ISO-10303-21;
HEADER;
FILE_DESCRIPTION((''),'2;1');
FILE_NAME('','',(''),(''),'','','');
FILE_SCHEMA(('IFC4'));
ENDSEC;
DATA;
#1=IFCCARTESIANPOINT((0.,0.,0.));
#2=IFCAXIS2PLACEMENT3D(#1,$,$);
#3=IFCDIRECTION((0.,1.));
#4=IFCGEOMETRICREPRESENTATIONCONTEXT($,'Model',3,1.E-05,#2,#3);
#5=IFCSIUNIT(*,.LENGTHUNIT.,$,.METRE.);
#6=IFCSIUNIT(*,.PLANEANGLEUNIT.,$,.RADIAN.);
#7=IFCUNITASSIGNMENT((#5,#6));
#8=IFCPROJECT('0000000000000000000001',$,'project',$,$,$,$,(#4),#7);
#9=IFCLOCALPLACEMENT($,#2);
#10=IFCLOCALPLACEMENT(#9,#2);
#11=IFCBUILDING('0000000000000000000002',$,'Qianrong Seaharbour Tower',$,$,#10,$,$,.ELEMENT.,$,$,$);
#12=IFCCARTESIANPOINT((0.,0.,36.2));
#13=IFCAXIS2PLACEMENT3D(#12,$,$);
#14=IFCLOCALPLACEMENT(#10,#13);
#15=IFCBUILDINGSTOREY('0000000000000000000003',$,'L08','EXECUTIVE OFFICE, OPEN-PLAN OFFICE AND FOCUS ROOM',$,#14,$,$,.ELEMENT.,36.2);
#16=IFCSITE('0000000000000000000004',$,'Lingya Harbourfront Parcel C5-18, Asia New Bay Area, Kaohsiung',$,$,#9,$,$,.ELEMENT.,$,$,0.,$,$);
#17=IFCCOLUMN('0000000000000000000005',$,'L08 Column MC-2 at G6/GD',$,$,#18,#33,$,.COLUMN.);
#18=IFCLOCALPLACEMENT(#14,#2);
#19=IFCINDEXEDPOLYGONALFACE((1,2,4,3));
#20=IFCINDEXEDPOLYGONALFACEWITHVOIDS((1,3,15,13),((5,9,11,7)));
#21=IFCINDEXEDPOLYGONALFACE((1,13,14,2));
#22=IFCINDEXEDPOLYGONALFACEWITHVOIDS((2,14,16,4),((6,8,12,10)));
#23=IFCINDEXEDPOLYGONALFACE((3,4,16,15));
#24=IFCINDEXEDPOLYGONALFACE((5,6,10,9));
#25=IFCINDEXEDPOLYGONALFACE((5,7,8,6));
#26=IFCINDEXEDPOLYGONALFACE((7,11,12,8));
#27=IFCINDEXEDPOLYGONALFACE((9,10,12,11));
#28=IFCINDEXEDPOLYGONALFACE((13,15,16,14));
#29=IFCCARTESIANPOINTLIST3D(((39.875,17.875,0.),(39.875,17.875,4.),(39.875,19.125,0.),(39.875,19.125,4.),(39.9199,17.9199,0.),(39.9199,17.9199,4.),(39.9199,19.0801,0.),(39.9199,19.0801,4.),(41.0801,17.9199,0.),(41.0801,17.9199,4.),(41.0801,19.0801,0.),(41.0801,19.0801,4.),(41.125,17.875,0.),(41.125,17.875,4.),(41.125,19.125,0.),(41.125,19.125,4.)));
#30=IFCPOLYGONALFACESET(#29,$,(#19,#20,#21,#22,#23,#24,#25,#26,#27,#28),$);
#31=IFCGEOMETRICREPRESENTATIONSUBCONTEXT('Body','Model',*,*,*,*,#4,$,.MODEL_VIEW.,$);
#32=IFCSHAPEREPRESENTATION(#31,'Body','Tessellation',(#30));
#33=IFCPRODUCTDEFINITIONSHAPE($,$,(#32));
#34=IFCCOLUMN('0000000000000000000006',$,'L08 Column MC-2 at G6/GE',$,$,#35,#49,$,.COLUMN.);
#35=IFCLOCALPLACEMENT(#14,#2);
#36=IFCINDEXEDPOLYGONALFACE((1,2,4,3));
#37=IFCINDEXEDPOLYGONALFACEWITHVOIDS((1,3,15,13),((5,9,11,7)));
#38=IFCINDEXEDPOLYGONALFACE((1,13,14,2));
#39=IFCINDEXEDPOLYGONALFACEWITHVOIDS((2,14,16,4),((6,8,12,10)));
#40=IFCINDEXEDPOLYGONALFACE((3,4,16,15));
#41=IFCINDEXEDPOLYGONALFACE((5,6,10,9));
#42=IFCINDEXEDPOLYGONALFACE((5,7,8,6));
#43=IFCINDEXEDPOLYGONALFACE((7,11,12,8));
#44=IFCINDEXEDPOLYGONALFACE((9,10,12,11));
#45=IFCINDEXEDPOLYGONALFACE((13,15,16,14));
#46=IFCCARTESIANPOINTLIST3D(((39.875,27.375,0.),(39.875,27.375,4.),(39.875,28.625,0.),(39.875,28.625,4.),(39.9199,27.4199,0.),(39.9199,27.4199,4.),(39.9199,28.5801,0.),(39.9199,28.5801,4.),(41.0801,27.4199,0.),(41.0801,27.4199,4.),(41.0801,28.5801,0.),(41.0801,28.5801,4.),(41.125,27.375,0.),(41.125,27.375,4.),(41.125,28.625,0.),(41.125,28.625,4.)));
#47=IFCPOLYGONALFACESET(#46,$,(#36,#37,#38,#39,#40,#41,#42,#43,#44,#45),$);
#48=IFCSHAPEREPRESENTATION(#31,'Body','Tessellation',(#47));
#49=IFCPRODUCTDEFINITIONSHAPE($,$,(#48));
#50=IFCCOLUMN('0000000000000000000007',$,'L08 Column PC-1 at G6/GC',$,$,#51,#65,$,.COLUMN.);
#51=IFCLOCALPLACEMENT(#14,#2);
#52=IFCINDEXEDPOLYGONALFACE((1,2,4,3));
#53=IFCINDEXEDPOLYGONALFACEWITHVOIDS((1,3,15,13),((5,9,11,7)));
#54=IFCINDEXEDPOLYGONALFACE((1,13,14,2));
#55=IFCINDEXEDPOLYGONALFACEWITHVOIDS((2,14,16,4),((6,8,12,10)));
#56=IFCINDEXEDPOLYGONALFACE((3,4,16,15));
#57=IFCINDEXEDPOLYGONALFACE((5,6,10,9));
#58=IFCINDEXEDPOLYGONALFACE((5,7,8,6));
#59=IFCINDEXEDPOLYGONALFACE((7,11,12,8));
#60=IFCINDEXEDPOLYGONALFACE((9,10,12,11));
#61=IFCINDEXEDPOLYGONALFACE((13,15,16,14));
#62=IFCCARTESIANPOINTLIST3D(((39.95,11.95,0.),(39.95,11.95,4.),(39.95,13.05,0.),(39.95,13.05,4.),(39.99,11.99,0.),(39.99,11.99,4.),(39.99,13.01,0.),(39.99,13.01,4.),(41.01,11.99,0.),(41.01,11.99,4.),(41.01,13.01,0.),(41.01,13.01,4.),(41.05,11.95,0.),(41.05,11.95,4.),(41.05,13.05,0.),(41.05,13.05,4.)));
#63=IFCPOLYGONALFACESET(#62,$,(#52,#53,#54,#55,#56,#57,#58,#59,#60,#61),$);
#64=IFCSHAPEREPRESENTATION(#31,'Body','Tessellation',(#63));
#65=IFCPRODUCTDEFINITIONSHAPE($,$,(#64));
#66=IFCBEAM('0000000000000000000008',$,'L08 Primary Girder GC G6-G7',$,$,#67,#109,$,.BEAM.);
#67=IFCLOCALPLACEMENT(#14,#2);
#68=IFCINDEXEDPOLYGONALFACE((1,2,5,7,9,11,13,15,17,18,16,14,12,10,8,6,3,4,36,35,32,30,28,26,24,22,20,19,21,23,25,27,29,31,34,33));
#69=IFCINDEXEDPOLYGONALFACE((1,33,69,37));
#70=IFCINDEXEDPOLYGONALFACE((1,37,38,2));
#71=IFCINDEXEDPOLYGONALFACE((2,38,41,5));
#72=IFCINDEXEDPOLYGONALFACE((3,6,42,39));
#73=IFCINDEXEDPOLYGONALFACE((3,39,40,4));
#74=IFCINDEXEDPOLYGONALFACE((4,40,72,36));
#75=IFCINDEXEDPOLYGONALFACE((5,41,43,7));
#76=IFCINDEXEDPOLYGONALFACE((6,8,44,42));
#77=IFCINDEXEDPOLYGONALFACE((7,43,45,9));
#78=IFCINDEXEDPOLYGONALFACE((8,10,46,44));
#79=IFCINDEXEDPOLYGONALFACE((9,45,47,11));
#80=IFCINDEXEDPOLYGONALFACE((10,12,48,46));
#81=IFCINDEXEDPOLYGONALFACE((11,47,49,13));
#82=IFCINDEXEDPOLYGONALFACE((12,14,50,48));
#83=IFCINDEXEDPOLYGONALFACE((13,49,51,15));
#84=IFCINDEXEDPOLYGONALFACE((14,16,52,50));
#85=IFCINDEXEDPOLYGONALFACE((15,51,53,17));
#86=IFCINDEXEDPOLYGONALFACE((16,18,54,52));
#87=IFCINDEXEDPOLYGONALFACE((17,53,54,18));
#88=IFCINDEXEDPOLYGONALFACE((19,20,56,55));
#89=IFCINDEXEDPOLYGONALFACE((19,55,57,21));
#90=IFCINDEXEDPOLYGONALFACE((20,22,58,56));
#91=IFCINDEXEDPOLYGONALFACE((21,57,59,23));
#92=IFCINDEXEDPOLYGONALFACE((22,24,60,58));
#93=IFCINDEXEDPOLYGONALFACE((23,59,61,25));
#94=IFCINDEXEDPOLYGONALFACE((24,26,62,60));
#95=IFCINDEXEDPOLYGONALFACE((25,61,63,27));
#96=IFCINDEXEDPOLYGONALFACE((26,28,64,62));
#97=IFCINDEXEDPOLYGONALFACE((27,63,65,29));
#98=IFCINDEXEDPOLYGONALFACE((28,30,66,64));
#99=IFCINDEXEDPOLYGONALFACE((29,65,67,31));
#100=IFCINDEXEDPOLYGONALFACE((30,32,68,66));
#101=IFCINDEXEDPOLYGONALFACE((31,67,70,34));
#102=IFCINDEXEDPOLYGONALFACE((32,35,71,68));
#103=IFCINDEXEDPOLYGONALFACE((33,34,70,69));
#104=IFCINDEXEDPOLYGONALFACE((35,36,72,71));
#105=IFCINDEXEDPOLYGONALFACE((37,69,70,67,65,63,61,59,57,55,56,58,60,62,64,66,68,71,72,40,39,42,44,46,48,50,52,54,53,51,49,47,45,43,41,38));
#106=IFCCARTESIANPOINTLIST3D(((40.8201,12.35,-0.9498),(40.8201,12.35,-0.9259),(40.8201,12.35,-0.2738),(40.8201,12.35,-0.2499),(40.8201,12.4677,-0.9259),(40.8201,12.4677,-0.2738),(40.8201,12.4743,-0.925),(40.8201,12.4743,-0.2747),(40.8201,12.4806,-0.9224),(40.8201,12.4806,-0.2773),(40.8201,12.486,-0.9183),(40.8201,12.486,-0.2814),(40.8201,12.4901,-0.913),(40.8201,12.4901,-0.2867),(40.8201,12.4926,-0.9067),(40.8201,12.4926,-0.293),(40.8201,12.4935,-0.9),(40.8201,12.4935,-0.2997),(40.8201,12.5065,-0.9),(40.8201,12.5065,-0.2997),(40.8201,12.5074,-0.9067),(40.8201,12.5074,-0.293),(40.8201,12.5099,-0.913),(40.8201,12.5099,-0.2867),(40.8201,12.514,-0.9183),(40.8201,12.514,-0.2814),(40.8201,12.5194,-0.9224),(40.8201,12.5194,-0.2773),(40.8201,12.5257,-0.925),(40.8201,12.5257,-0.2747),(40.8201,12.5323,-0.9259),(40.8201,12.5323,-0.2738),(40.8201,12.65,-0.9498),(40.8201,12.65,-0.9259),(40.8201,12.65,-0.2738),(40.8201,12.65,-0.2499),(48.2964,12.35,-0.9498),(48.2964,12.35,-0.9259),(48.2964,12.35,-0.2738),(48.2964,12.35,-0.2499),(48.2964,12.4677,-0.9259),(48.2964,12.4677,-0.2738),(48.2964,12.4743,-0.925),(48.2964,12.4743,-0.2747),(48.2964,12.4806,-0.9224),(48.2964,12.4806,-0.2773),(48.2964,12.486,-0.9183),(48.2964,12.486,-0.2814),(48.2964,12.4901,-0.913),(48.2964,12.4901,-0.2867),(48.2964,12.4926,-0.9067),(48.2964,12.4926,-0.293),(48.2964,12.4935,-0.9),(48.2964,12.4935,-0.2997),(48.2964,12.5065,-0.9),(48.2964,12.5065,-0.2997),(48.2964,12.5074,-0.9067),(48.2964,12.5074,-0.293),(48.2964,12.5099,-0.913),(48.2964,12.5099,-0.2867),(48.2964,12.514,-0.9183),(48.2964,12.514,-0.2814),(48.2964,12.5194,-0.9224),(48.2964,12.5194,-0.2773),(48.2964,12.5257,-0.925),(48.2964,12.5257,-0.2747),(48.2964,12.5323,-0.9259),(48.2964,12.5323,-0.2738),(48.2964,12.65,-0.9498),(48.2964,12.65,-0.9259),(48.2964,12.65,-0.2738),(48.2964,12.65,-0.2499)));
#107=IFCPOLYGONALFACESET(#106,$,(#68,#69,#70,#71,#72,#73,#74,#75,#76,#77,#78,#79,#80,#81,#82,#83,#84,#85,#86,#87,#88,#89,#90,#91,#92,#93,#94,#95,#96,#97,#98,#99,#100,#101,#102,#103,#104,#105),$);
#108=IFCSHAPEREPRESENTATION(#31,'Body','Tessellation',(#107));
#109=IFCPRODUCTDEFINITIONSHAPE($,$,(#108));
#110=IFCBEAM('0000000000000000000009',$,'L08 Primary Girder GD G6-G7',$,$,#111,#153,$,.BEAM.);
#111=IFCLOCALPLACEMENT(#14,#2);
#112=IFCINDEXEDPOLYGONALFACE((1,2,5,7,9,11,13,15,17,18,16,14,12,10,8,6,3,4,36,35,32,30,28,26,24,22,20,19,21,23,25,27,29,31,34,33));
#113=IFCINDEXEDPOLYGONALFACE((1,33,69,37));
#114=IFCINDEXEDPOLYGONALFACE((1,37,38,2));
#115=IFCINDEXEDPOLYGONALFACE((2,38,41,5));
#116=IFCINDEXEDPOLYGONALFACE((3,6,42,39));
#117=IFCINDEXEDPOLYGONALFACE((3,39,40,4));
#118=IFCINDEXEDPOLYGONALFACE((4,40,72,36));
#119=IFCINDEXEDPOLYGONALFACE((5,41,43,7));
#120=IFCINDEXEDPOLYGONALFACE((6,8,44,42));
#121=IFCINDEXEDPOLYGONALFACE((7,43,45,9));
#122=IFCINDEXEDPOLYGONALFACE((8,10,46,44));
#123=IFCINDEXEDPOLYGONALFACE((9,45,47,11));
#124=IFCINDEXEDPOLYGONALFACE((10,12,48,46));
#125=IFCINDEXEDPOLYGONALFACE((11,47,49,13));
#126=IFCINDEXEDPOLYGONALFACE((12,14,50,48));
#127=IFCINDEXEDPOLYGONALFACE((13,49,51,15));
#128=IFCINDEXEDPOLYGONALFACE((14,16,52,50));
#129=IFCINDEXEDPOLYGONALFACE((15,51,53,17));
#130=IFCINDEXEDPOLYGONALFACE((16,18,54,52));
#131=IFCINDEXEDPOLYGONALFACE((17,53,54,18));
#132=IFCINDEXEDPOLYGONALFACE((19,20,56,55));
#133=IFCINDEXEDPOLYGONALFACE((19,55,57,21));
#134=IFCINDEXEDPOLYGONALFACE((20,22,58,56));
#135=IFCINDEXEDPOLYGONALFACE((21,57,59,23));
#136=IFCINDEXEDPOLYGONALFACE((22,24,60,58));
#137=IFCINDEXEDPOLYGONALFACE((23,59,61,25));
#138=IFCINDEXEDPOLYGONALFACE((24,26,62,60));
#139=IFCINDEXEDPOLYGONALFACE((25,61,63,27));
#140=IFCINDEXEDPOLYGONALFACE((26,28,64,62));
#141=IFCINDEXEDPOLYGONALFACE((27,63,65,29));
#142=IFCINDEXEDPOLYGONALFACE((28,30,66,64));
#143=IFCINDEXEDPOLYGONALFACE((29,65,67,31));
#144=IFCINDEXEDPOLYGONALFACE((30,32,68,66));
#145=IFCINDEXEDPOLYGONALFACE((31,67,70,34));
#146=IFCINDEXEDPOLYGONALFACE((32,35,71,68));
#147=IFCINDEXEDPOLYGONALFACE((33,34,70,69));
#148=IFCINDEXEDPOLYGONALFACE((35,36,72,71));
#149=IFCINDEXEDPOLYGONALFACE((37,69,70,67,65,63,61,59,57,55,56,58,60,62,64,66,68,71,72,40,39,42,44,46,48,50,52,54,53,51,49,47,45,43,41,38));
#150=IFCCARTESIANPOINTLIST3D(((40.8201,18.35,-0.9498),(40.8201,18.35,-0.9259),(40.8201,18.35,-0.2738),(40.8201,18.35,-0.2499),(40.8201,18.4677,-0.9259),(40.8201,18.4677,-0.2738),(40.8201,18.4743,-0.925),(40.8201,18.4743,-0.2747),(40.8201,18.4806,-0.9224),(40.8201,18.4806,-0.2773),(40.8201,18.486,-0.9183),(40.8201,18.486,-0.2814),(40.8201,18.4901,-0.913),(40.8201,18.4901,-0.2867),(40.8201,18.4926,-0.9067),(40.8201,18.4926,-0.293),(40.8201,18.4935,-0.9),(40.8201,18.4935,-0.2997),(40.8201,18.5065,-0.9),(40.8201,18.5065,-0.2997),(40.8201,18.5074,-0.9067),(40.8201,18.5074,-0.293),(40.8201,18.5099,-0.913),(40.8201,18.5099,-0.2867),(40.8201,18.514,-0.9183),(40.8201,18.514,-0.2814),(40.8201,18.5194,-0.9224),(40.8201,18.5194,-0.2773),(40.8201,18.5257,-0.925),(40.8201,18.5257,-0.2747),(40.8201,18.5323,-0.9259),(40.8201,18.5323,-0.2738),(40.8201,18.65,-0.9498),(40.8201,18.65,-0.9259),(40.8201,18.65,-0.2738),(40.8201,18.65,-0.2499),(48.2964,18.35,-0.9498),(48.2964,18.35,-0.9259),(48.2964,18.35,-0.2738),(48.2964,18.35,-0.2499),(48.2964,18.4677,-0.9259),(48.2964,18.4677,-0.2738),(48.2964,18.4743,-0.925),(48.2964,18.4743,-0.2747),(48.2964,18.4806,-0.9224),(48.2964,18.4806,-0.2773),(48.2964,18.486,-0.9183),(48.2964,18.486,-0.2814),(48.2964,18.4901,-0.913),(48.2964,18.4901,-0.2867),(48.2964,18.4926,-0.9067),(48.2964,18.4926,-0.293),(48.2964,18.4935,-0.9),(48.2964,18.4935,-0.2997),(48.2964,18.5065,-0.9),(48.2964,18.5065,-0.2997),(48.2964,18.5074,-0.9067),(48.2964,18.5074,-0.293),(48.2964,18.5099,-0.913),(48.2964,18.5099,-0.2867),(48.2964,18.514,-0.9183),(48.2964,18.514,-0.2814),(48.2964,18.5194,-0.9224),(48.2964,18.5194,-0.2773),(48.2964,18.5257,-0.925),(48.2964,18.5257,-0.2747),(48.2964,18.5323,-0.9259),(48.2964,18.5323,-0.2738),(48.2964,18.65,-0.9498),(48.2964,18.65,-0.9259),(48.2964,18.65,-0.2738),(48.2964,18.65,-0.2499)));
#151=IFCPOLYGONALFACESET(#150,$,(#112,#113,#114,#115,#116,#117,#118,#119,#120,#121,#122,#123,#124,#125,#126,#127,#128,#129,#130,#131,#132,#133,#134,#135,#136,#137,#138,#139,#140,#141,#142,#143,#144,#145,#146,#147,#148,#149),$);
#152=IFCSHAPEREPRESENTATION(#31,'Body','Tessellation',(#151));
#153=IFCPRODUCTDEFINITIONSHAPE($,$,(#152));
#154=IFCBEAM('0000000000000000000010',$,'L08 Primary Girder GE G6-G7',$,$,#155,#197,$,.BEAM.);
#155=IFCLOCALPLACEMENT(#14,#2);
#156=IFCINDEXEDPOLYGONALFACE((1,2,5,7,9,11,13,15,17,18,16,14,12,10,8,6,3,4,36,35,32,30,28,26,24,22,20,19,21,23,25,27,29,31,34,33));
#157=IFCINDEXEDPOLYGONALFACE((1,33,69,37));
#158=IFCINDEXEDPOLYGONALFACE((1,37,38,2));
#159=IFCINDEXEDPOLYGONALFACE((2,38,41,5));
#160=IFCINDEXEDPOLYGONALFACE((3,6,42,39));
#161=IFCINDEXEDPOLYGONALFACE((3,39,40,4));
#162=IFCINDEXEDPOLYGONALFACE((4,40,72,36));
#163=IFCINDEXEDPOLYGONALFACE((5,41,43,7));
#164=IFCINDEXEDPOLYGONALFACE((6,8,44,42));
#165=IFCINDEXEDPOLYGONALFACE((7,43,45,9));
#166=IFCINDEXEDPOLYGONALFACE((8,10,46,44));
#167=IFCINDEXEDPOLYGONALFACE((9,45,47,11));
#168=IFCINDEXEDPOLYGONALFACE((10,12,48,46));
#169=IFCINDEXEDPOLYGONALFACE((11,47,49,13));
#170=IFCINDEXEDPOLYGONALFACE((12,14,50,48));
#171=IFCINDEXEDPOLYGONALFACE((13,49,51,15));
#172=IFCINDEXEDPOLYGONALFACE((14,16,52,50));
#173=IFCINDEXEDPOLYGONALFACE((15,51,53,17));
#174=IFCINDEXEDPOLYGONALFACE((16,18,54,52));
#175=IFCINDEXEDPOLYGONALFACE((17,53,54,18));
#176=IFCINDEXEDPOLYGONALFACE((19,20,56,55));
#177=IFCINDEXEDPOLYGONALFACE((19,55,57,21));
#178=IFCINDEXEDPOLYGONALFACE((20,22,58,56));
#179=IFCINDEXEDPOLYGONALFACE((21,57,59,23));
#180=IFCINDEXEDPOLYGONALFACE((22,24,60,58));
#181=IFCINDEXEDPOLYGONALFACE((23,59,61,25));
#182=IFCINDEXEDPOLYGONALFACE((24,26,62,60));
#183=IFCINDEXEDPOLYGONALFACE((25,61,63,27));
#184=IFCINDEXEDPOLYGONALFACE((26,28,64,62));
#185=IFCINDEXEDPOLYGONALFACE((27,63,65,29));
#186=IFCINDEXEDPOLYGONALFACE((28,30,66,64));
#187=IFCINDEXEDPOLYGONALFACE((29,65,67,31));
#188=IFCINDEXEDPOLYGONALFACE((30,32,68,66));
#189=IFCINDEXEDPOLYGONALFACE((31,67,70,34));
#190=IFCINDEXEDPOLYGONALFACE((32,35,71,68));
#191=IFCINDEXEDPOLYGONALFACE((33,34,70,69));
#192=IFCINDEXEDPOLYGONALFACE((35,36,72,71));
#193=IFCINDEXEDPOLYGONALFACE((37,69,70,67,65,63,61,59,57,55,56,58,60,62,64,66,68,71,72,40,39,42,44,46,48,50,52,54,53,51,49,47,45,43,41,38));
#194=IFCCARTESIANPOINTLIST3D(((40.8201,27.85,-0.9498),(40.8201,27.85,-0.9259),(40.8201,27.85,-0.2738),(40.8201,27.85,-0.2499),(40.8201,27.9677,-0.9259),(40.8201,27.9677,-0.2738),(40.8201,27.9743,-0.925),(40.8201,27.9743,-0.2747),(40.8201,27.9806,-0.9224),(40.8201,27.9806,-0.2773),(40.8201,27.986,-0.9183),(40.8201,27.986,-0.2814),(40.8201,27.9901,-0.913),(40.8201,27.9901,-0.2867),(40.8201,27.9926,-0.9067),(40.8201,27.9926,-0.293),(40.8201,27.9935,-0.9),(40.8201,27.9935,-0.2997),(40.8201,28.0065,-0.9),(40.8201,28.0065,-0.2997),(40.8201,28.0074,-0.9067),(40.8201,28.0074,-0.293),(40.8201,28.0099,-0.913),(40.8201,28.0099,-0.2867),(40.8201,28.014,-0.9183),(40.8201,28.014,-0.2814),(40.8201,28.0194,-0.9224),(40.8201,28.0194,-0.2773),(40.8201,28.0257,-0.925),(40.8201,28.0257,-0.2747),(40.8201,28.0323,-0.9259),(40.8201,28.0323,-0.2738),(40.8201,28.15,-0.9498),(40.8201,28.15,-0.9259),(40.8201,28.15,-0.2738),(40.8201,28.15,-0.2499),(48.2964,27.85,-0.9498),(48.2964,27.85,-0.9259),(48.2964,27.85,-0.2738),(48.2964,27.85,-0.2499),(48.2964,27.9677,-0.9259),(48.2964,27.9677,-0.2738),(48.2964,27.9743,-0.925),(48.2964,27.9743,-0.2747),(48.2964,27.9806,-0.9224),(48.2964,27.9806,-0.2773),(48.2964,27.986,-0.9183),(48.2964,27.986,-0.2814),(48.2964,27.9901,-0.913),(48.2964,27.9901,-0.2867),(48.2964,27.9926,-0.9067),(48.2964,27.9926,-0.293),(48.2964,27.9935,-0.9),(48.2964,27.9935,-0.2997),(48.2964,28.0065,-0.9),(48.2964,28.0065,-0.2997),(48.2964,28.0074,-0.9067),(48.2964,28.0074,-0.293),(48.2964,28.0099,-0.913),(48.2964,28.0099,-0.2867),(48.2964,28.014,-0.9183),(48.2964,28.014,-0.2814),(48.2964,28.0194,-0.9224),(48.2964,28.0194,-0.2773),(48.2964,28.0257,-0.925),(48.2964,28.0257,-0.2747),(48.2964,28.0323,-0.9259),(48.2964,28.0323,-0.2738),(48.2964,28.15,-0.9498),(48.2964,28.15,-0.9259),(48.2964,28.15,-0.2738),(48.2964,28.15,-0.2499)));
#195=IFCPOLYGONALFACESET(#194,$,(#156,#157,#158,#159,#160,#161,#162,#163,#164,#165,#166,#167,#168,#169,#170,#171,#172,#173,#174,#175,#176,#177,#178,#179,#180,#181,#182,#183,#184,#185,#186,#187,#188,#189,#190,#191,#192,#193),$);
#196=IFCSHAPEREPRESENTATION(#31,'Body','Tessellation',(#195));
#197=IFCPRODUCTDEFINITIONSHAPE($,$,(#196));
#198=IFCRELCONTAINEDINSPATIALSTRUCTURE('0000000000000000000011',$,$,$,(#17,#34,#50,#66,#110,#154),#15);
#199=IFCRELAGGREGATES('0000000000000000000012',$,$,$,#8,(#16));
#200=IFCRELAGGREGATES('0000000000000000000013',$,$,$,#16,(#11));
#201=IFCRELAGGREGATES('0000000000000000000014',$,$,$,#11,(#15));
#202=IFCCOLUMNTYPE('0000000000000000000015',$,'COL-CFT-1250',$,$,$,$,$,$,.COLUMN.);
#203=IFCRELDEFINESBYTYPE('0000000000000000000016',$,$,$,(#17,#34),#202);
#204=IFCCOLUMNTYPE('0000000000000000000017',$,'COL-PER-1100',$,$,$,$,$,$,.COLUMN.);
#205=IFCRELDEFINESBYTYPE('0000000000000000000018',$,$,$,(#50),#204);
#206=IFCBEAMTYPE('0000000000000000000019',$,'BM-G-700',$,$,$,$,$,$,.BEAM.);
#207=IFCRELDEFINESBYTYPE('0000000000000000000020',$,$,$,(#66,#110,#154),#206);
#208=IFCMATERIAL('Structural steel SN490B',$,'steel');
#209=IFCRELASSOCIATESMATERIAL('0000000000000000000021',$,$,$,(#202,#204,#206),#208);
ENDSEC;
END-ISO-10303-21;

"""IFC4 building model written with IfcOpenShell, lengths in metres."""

from ifc_helpers import new_model, si_unit, direction, frame, origin, origin_2d, place, context, subcontext, project, spatial, hollow_rectangle, i_section, extrude, material, material_profile, profile_set, type_object, element, save


model = new_model("IFC4")

# Units and contexts
model_context = context("Model", 3, precision=1e-05, world=origin(), true_north=direction((0.0, 1.0)))
body_context = subcontext(model_context, "Body", "Model", "MODEL_VIEW")
ifc_project = project(units=[si_unit("LENGTHUNIT", "METRE"), si_unit("PLANEANGLEUNIT", "RADIAN")], contexts=[model_context])

# Site, building, storey
site_placement = place(None, origin())
site = spatial("IfcSite", under=ifc_project, at=site_placement, Name="Lingya Harbourfront Parcel C5-18, Asia New Bay Area, Kaohsiung", CompositionType="ELEMENT", RefElevation=0.0)
building_placement = place(site_placement, origin())
building = spatial("IfcBuilding", under=site, at=building_placement, Name="Qianrong Seaharbour Tower", CompositionType="ELEMENT")
storey_placement = place(building_placement, frame((0.0, 0.0, 36.2)))
storey = spatial("IfcBuildingStorey", under=building, at=storey_placement, Name="L08", Description="EXECUTIVE OFFICE, OPEN-PLAN OFFICE AND FOCUS ROOM", CompositionType="ELEMENT", Elevation=36.2)

# Columns
ifc_material_1 = material(Name="Structural steel SN490B", Category="steel")
ifc_material_profile_1 = material_profile(ifc_material_1, hollow_rectangle(XDim=1.25, YDim=1.25, WallThickness=0.0449, at=origin_2d()), Name="BOX1250x1250x45")
ifc_profile_set_1 = profile_set([ifc_material_profile_1], Name="Structural steel SN490B")
column_type_1 = type_object("IfcColumnType", Name="COL-CFT-1250", PredefinedType="COLUMN", material=ifc_profile_set_1)
for number, where, z_axis, x_axis, name in (
    (1, (40.5, 18.5, 0.0), (0.0, 0.0, 1.0), (1.0, 0.0, 0.0), "L08 Column MC-2 at G6/GD"),
    (2, (40.5, 28.0, 0.0), (0.0, 0.0, 1.0), (1.0, 0.0, 0.0), "L08 Column MC-2 at G6/GE"),
):
    element("IfcColumn", number, at=place(storey_placement, frame(where, z_axis=z_axis, x_axis=x_axis)), inside=storey, type_object=column_type_1, Name=name, PredefinedType="COLUMN", context=body_context, shape_type="SweptSolid", body=[
        extrude(hollow_rectangle(XDim=1.25, YDim=1.25, WallThickness=0.0449, at=origin_2d()), origin(), (0.0, 0.0, 1.0), 4.0),
    ])
ifc_material_profile_2 = material_profile(ifc_material_1, hollow_rectangle(XDim=1.1001, YDim=1.1001, WallThickness=0.04, at=origin_2d()), Name="BOX1100x1100x40")
ifc_profile_set_2 = profile_set([ifc_material_profile_2], Name="Structural steel SN490B")
column_type_2 = type_object("IfcColumnType", Name="COL-PER-1100", PredefinedType="COLUMN", material=ifc_profile_set_2)
column_placement = place(storey_placement, frame((40.5, 12.5, 0.0), z_axis=(0.0, 0.0, 1.0), x_axis=(1.0, 0.0, 0.0)))
element("IfcColumn", 3, at=column_placement, inside=storey, type_object=column_type_2, Name="L08 Column PC-1 at G6/GC", PredefinedType="COLUMN", context=body_context, shape_type="SweptSolid", body=[
    extrude(hollow_rectangle(XDim=1.1001, YDim=1.1001, WallThickness=0.04, at=origin_2d()), origin(), (0.0, 0.0, 1.0), 4.0),
])

# Beams
ifc_material_profile_3 = material_profile(ifc_material_1, i_section(OverallWidth=0.3, OverallDepth=0.7, WebThickness=0.0129, FlangeThickness=0.0239, FilletRadius=0.0259, at=origin_2d()), Name="H700x300x13x24")
ifc_profile_set_3 = profile_set([ifc_material_profile_3], Name="Structural steel SN490B")
beam_type_1 = type_object("IfcBeamType", Name="BM-G-700", PredefinedType="BEAM", material=ifc_profile_set_3)
for number, where, z_axis, x_axis, name in (
    (4, (40.8201, 12.5, -0.5999), (1.0, 0.0, 0.0), (0.0, 1.0, 0.0), "L08 Primary Girder GC G6-G7"),
    (5, (40.8201, 18.5, -0.5999), (1.0, 0.0, 0.0), (0.0, 1.0, 0.0), "L08 Primary Girder GD G6-G7"),
    (6, (40.8201, 28.0, -0.5999), (1.0, 0.0, 0.0), (0.0, 1.0, 0.0), "L08 Primary Girder GE G6-G7"),
):
    element("IfcBeam", number, at=place(storey_placement, frame(where, z_axis=z_axis, x_axis=x_axis)), inside=storey, type_object=beam_type_1, Name=name, PredefinedType="BEAM", context=body_context, shape_type="SweptSolid", body=[
        extrude(i_section(OverallWidth=0.3, OverallDepth=0.7, WebThickness=0.0129, FlangeThickness=0.0239, FilletRadius=0.0259, at=origin_2d()), origin(), (0.0, 0.0, 1.0), 7.4763),
    ])

save(model, "model.ifc")
